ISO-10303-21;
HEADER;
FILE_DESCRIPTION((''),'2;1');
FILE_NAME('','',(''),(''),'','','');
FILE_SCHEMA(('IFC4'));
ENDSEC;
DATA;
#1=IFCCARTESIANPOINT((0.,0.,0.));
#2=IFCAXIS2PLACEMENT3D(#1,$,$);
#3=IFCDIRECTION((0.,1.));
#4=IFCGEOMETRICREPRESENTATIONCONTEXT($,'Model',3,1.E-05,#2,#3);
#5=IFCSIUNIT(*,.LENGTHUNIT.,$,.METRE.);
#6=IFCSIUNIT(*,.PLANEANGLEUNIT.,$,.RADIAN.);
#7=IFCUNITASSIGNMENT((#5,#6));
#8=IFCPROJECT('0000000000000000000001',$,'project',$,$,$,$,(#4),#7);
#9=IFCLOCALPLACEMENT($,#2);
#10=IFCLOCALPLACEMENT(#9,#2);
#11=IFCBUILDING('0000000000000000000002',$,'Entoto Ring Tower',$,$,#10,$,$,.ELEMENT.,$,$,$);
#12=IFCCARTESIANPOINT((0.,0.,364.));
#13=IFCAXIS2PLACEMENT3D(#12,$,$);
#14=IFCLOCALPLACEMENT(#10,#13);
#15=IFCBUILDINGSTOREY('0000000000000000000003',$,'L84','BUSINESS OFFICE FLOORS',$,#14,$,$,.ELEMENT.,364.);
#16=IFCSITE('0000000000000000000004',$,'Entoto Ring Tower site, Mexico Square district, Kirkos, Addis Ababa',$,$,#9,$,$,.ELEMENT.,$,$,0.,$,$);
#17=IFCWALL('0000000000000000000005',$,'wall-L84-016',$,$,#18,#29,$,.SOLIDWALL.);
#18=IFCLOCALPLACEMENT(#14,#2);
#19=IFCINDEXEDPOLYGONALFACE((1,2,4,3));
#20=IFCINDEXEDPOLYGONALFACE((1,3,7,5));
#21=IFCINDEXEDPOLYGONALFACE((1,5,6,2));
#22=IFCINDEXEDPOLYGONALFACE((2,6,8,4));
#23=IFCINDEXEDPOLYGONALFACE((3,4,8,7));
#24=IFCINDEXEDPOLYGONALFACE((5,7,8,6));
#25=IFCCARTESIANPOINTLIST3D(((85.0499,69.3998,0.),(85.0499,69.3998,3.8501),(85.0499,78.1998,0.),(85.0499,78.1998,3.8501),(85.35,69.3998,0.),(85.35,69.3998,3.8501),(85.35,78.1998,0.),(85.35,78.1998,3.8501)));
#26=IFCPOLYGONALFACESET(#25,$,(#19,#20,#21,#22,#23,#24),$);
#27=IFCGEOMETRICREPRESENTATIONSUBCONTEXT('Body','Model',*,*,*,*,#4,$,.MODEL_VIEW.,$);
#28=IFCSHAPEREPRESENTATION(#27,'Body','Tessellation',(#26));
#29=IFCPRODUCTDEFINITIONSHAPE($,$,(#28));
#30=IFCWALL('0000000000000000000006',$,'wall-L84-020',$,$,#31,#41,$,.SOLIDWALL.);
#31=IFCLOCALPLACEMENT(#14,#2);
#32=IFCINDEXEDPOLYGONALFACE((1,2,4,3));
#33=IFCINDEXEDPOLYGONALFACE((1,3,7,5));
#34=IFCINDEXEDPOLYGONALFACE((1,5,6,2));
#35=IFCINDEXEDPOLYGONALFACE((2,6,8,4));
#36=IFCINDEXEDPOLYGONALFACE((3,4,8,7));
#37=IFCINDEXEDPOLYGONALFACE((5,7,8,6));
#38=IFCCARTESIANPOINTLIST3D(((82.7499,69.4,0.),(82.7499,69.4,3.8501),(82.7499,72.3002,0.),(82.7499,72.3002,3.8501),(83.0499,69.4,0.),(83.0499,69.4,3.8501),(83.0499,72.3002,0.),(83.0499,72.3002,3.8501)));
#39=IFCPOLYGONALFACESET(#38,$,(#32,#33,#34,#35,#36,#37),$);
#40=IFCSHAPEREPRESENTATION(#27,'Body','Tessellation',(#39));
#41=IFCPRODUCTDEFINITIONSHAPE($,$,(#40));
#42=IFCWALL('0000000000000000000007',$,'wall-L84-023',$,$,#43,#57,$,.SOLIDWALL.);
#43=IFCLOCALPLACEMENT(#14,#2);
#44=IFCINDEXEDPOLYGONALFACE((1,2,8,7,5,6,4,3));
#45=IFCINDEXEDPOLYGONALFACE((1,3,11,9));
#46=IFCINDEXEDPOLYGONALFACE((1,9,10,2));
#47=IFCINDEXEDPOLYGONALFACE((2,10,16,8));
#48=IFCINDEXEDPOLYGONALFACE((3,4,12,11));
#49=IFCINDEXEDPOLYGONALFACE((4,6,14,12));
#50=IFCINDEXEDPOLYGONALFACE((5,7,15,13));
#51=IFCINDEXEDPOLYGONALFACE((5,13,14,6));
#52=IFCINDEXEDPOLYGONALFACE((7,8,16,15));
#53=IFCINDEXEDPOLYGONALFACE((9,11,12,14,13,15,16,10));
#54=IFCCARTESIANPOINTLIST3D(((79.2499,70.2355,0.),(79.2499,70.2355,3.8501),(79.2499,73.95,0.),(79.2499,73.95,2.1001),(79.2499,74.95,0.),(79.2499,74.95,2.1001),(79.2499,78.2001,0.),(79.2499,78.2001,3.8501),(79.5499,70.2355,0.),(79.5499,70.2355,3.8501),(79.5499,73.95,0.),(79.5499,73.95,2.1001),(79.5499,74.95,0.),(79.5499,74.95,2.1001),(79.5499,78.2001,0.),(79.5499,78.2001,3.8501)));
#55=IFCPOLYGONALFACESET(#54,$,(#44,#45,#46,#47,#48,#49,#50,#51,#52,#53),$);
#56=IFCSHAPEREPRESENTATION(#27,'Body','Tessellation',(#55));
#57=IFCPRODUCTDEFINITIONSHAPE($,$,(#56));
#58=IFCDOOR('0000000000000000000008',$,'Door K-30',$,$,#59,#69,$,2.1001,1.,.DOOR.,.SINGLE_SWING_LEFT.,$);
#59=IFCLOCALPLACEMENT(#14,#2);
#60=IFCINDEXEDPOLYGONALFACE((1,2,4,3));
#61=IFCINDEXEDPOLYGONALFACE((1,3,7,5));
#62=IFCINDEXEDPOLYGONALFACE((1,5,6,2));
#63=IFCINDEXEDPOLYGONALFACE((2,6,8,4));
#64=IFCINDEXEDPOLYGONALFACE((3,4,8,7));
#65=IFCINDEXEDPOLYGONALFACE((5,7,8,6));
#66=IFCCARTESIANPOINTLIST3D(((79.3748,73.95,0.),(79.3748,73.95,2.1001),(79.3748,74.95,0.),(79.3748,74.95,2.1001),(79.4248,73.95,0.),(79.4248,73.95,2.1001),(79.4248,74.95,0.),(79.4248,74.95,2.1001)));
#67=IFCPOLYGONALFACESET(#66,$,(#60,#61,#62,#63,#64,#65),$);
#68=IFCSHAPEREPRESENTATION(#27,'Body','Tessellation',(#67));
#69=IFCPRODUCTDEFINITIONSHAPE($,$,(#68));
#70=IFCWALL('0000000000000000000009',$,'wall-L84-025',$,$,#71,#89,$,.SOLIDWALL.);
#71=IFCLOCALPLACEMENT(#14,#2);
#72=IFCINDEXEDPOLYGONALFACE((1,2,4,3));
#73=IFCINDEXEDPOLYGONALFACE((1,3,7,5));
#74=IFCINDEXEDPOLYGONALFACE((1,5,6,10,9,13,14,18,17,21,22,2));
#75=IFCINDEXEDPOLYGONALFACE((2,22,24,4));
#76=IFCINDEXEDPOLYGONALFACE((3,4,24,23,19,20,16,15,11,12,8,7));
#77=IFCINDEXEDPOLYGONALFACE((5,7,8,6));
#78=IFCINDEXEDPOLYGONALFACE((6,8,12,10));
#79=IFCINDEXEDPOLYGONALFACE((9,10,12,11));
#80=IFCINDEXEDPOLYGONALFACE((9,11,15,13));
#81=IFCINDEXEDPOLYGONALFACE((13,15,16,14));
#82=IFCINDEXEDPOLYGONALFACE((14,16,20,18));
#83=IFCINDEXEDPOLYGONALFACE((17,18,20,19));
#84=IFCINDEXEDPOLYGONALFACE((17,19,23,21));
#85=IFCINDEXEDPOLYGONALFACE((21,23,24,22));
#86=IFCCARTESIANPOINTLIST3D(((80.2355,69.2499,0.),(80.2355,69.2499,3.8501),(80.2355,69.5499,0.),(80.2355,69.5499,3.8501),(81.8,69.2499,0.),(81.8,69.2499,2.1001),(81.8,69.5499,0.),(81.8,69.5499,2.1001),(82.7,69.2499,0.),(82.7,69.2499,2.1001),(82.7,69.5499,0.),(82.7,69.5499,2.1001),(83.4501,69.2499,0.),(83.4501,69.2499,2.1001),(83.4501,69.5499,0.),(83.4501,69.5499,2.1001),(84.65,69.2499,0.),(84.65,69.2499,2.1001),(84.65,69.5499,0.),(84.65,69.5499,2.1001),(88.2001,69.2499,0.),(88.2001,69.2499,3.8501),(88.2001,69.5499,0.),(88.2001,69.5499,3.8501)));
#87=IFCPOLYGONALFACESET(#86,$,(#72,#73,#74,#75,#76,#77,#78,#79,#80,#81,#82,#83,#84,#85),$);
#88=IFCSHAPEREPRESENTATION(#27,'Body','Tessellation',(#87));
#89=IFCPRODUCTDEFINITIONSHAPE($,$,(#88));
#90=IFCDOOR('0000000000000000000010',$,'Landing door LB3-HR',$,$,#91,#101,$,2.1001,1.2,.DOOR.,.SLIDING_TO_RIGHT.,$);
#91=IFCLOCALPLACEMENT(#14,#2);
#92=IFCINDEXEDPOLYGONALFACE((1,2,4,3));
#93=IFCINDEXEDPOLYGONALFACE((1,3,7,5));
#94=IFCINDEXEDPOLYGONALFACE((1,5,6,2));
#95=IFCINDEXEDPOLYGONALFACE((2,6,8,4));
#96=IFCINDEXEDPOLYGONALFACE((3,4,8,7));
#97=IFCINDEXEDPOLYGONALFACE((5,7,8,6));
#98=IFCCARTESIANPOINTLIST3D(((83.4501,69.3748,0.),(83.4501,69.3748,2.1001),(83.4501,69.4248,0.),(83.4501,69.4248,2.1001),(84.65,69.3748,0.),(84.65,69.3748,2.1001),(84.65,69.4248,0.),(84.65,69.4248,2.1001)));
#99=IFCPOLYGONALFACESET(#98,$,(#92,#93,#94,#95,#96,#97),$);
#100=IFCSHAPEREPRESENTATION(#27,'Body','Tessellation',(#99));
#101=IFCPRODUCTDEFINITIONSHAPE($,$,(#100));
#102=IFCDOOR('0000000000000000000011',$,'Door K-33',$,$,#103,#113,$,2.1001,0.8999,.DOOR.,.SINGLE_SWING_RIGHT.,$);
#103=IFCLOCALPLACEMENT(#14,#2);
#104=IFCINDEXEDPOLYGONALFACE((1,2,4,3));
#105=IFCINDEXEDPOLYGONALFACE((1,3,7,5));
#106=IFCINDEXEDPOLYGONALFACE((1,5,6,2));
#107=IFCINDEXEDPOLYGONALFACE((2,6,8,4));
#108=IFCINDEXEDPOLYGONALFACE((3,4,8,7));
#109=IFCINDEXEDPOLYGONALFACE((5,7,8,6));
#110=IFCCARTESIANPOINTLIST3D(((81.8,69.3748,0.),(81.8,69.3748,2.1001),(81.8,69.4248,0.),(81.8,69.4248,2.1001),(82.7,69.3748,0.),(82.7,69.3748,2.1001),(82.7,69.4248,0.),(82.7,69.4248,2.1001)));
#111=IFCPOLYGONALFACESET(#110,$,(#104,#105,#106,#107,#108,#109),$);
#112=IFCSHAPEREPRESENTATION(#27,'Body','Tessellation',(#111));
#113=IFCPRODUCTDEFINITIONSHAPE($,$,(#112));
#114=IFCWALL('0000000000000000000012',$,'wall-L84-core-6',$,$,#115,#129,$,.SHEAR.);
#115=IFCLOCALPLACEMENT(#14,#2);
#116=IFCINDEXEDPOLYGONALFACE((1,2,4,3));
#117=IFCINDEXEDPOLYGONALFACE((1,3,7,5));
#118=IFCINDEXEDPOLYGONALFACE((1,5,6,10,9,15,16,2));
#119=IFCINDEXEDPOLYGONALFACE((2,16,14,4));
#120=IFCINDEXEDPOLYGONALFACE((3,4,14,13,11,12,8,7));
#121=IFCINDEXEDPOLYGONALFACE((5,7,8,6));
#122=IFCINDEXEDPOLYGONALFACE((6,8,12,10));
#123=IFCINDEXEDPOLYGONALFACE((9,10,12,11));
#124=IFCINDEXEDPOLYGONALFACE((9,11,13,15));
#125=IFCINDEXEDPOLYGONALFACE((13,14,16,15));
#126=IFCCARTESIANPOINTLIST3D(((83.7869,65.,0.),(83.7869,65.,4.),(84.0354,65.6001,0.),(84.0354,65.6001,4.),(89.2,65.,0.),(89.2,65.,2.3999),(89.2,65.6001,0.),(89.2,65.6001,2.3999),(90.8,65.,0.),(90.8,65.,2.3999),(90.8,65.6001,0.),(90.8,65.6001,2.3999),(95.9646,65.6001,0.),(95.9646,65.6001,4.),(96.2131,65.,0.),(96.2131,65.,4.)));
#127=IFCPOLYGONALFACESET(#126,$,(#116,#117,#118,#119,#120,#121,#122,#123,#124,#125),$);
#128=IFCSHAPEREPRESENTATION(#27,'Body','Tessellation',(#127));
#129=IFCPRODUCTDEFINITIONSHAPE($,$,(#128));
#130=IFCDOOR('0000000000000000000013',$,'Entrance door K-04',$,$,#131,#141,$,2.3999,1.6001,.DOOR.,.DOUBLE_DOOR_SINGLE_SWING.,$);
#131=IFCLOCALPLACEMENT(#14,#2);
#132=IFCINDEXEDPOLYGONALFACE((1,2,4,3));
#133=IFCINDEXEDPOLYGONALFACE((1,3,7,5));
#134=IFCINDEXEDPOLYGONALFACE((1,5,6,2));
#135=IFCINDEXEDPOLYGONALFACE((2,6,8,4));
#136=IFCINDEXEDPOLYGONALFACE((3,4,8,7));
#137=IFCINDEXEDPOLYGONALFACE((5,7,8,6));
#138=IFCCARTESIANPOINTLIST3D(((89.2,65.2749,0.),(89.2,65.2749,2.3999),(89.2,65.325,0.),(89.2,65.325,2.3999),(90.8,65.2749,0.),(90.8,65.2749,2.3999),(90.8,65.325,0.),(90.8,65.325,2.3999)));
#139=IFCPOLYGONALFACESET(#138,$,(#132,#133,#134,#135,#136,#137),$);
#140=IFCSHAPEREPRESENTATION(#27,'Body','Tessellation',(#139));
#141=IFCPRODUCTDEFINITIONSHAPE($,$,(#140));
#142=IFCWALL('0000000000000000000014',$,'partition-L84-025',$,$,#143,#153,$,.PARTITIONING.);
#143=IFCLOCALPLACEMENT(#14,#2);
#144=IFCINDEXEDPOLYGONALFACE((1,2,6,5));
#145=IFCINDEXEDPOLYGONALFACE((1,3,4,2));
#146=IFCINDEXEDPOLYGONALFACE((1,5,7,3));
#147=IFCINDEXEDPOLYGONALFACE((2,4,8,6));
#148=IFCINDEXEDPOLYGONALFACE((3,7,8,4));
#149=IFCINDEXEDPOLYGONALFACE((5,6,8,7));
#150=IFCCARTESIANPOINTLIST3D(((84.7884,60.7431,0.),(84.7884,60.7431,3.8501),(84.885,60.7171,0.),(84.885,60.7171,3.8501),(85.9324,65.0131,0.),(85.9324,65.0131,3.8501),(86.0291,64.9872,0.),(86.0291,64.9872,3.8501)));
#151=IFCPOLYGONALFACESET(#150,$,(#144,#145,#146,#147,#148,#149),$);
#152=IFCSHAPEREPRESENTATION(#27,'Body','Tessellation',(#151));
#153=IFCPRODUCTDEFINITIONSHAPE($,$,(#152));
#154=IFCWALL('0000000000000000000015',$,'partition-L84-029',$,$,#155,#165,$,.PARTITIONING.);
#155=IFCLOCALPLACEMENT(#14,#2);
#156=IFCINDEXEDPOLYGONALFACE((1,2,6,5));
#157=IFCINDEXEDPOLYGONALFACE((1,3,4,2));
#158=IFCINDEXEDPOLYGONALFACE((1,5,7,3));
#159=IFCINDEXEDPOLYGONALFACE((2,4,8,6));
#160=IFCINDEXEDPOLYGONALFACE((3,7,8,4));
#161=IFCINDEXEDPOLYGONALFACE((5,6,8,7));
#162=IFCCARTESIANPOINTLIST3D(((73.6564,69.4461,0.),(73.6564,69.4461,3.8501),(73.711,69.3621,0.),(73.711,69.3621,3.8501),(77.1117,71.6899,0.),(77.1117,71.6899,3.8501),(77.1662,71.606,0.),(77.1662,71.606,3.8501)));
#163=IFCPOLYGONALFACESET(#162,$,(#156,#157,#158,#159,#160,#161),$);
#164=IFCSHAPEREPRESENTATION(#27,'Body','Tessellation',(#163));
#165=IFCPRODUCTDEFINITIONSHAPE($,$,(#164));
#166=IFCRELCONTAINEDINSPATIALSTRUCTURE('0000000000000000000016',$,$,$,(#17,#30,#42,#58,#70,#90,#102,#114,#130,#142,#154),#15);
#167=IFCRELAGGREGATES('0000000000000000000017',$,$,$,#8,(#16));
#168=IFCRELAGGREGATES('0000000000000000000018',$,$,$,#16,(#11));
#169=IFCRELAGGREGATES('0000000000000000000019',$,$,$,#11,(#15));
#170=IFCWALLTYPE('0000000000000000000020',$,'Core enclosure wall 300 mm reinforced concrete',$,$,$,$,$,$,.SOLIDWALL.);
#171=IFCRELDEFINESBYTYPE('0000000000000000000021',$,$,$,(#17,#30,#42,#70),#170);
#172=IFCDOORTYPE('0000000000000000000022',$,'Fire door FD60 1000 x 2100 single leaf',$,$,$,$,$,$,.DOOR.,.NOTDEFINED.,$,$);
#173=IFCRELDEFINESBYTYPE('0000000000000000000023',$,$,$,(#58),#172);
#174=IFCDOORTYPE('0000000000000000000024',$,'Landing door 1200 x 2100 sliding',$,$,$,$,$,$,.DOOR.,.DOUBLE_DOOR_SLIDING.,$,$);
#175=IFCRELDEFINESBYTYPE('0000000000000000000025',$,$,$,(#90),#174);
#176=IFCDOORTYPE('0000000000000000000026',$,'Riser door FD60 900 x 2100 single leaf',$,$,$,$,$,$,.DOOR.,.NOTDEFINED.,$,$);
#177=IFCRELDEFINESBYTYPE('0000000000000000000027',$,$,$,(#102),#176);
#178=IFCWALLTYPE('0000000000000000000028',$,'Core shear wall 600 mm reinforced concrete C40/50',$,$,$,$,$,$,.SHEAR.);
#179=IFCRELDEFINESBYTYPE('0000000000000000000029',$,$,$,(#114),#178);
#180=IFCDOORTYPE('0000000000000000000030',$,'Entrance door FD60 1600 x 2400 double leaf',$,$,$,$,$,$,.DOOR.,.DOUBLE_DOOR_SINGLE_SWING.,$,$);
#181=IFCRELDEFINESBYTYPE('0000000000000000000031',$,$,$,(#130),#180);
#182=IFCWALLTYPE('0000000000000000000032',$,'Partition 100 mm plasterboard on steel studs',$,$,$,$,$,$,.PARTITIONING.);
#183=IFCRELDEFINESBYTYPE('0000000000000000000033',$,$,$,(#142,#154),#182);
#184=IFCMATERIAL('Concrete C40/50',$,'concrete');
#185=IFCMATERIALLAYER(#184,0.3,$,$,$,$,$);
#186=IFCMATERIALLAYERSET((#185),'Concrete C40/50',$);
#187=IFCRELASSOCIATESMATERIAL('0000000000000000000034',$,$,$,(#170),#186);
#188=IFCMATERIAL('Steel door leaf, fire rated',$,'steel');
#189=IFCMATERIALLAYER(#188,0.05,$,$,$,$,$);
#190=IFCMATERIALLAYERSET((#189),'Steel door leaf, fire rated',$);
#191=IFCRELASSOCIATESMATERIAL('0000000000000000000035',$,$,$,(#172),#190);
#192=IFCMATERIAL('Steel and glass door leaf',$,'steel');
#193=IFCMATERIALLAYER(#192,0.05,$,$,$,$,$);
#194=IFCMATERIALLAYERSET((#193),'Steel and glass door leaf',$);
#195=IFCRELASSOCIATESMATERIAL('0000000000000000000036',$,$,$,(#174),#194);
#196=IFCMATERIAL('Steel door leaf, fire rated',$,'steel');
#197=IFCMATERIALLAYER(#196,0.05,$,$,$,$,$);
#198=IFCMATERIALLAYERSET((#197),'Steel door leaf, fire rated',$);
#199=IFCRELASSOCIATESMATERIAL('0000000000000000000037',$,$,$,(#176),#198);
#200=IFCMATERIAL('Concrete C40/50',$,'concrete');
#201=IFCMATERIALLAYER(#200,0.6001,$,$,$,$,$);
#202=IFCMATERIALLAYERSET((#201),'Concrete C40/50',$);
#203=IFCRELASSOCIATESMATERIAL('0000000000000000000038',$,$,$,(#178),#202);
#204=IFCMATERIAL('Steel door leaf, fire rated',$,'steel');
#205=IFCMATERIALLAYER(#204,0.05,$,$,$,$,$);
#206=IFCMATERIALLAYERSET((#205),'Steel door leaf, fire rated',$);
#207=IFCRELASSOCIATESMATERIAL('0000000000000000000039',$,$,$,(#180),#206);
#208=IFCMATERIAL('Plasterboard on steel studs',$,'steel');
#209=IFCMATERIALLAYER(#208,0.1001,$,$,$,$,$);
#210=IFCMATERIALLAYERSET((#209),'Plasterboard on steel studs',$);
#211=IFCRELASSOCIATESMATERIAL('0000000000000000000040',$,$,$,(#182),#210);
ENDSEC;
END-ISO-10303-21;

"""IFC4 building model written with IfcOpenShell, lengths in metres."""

from ifc_helpers import new_model, si_unit, direction, frame, frame_2d, origin, place, context, subcontext, project, spatial, polyline, rectangle, outline, extrude, material, layer, layer_set, type_object, element, fill, save


model = new_model("IFC4")

# Units and contexts
model_context = context("Model", 3, precision=1e-05, world=origin(), true_north=direction((0.0, 1.0)))
body_context = subcontext(model_context, "Body", "Model", "MODEL_VIEW")
ifc_project = project(units=[si_unit("LENGTHUNIT", "METRE"), si_unit("PLANEANGLEUNIT", "RADIAN")], contexts=[model_context])

# Site, building, storey
site_placement = place(None, origin())
site = spatial("IfcSite", under=ifc_project, at=site_placement, Name="Entoto Ring Tower site, Mexico Square district, Kirkos, Addis Ababa", CompositionType="ELEMENT", RefElevation=0.0)
building_placement = place(site_placement, origin())
building = spatial("IfcBuilding", under=site, at=building_placement, Name="Entoto Ring Tower", CompositionType="ELEMENT")
storey_placement = place(building_placement, frame((0.0, 0.0, 364.0)))
storey = spatial("IfcBuildingStorey", under=building, at=storey_placement, Name="L84", Description="BUSINESS OFFICE FLOORS", CompositionType="ELEMENT", Elevation=364.0)

# Walls
ifc_material_1 = material(Name="Concrete C40/50", Category="concrete")
ifc_layer_1 = layer(ifc_material_1, 0.3)
ifc_layer_set_1 = layer_set([ifc_layer_1], Name="Concrete C40/50")
wall_type_1 = type_object("IfcWallType", Name="Core enclosure wall 300 mm reinforced concrete", PredefinedType="SOLIDWALL", material=ifc_layer_set_1)
wall_1_placement = place(storey_placement, frame((85.2, 69.3999, 0.0), z_axis=(0.0, 0.0, 1.0), x_axis=(0.0, 1.0, 0.0)))
element("IfcWall", 1, at=wall_1_placement, inside=storey, type_object=wall_type_1, Name="wall-L84-016", PredefinedType="SOLIDWALL", context=body_context, shape_type="SweptSolid", body=[
    extrude(rectangle(XDim=8.8, YDim=0.3, at=frame_2d((4.3999, 0.0))), origin(), (0.0, 0.0, 1.0), 3.8501),
])
wall_2_placement = place(storey_placement, frame((82.8999, 69.3999, 0.0), z_axis=(0.0, 0.0, 1.0), x_axis=(0.0, 1.0, 0.0)))
element("IfcWall", 2, at=wall_2_placement, inside=storey, type_object=wall_type_1, Name="wall-L84-020", PredefinedType="SOLIDWALL", context=body_context, shape_type="SweptSolid", body=[
    extrude(rectangle(XDim=2.9001, YDim=0.3, at=frame_2d((1.4502, 0.0))), origin(), (0.0, 0.0, 1.0), 3.8501),
])

# Wall, opening, door
wall_3_placement = place(storey_placement, frame((79.3999, 70.2354, 0.0), z_axis=(0.0, 0.0, 1.0), x_axis=(0.0, 1.0, 0.0)))
wall_3 = element("IfcWall", 3, at=wall_3_placement, inside=storey, type_object=wall_type_1, Name="wall-L84-023", PredefinedType="SOLIDWALL", context=body_context, shape_type="SweptSolid", body=[
    extrude(rectangle(XDim=7.9646, YDim=0.3, at=frame_2d((3.9824, 0.0))), origin(), (0.0, 0.0, 1.0), 3.8501),
])
opening_1_placement = place(wall_3_placement, frame((3.7146, 0.0, 0.0)))
opening_1 = element("IfcOpeningElement", 4, at=opening_1_placement, cuts=wall_3, PredefinedType="OPENING", context=body_context, shape_type="SweptSolid", body=[
    extrude(rectangle(XDim=1.0, YDim=2.1001, at=frame_2d((0.5, 1.05))), frame((0.0, 0.1602, 0.0), z_axis=(0.0, -1.0, 0.0), x_axis=(1.0, 0.0, 0.0)), (0.0, 0.0, 1.0), 0.3201),
])
ifc_material_2 = material(Name="Steel door leaf, fire rated", Category="steel")
ifc_layer_2 = layer(ifc_material_2, 0.05)
ifc_layer_set_2 = layer_set([ifc_layer_2], Name="Steel door leaf, fire rated")
door_type_1 = type_object("IfcDoorType", Name="Fire door FD60 1000 x 2100 single leaf", OperationType="NOTDEFINED", PredefinedType="DOOR", material=ifc_layer_set_2)
door_1_placement = place(opening_1_placement, frame((1.0, 0.0, 0.0), z_axis=(0.0, 0.0, 1.0), x_axis=(-1.0, 0.0, 0.0)))
door_1 = element("IfcDoor", 5, at=door_1_placement, inside=storey, type_object=door_type_1, Name="Door K-30", OperationType="SINGLE_SWING_LEFT", OverallHeight=2.1001, OverallWidth=1.0, PredefinedType="DOOR", context=body_context, shape_type="SweptSolid", body=[
    extrude(rectangle(XDim=1.0, YDim=2.1001, at=frame_2d((0.5, 1.05))), frame((0.0, 0.0249, 0.0), z_axis=(0.0, -1.0, 0.0), x_axis=(1.0, 0.0, 0.0)), (0.0, 0.0, 1.0), 0.05),
])
fill(opening_1, door_1)

# Wall, openings, doors
wall_4_placement = place(storey_placement, frame((80.2354, 69.3999, 0.0), z_axis=(0.0, 0.0, 1.0), x_axis=(1.0, 0.0, 0.0)))
wall_4 = element("IfcWall", 6, at=wall_4_placement, inside=storey, type_object=wall_type_1, Name="wall-L84-025", PredefinedType="SOLIDWALL", context=body_context, shape_type="SweptSolid", body=[
    extrude(rectangle(XDim=7.9646, YDim=0.3, at=frame_2d((3.9824, 0.0))), origin(), (0.0, 0.0, 1.0), 3.8501),
])
opening_2_placement = place(wall_4_placement, frame((3.2146, 0.0, 0.0)))
opening_2 = element("IfcOpeningElement", 7, at=opening_2_placement, cuts=wall_4, PredefinedType="OPENING", context=body_context, shape_type="SweptSolid", body=[
    extrude(rectangle(XDim=1.2, YDim=2.1001, at=frame_2d((0.6001, 1.05))), frame((0.0, 0.1602, 0.0), z_axis=(0.0, -1.0, 0.0), x_axis=(1.0, 0.0, 0.0)), (0.0, 0.0, 1.0), 0.3201),
])
opening_3_placement = place(wall_4_placement, frame((1.5647, 0.0, 0.0)))
opening_3 = element("IfcOpeningElement", 8, at=opening_3_placement, cuts=wall_4, PredefinedType="OPENING", context=body_context, shape_type="SweptSolid", body=[
    extrude(rectangle(XDim=0.8999, YDim=2.1001, at=frame_2d((0.45, 1.05))), frame((0.0, 0.1602, 0.0), z_axis=(0.0, -1.0, 0.0), x_axis=(1.0, 0.0, 0.0)), (0.0, 0.0, 1.0), 0.3201),
])
ifc_material_3 = material(Name="Steel and glass door leaf", Category="steel")
ifc_layer_3 = layer(ifc_material_3, 0.05)
ifc_layer_set_3 = layer_set([ifc_layer_3], Name="Steel and glass door leaf")
door_type_2 = type_object("IfcDoorType", Name="Landing door 1200 x 2100 sliding", OperationType="DOUBLE_DOOR_SLIDING", PredefinedType="DOOR", material=ifc_layer_set_3)
door_2_placement = place(opening_2_placement, origin())
door_2 = element("IfcDoor", 9, at=door_2_placement, inside=storey, type_object=door_type_2, Name="Landing door LB3-HR", OperationType="SLIDING_TO_RIGHT", OverallHeight=2.1001, OverallWidth=1.2, PredefinedType="DOOR", context=body_context, shape_type="SweptSolid", body=[
    extrude(rectangle(XDim=1.2, YDim=2.1001, at=frame_2d((0.6001, 1.05))), frame((0.0, 0.0249, 0.0), z_axis=(0.0, -1.0, 0.0), x_axis=(1.0, 0.0, 0.0)), (0.0, 0.0, 1.0), 0.05),
])
fill(opening_2, door_2)
ifc_material_4 = material(Name="Steel door leaf, fire rated", Category="steel")
ifc_layer_4 = layer(ifc_material_4, 0.05)
ifc_layer_set_4 = layer_set([ifc_layer_4], Name="Steel door leaf, fire rated")
door_type_3 = type_object("IfcDoorType", Name="Riser door FD60 900 x 2100 single leaf", OperationType="NOTDEFINED", PredefinedType="DOOR", material=ifc_layer_set_4)
door_3_placement = place(opening_3_placement, origin())
door_3 = element("IfcDoor", 10, at=door_3_placement, inside=storey, type_object=door_type_3, Name="Door K-33", OperationType="SINGLE_SWING_RIGHT", OverallHeight=2.1001, OverallWidth=0.8999, PredefinedType="DOOR", context=body_context, shape_type="SweptSolid", body=[
    extrude(rectangle(XDim=0.8999, YDim=2.1001, at=frame_2d((0.45, 1.05))), frame((0.0, 0.0249, 0.0), z_axis=(0.0, -1.0, 0.0), x_axis=(1.0, 0.0, 0.0)), (0.0, 0.0, 1.0), 0.05),
])
fill(opening_3, door_3)

# Wall, opening, door
ifc_material_5 = material(Name="Concrete C40/50", Category="concrete")
ifc_layer_5 = layer(ifc_material_5, 0.6001)
ifc_layer_set_5 = layer_set([ifc_layer_5], Name="Concrete C40/50")
wall_type_2 = type_object("IfcWallType", Name="Core shear wall 600 mm reinforced concrete C40/50", PredefinedType="SHEAR", material=ifc_layer_set_5)
wall_5_placement = place(storey_placement, frame((83.9111, 65.3, 0.0), z_axis=(0.0, 0.0, 1.0), x_axis=(1.0, 0.0, 0.0)))
wall_5 = element("IfcWall", 11, at=wall_5_placement, inside=storey, type_object=wall_type_2, Name="wall-L84-core-6", PredefinedType="SHEAR", context=body_context, shape_type="SweptSolid", body=[
    extrude(outline(polyline([(-0.1243, -0.3), (12.302, -0.3), (12.0535, 0.3), (0.1243, 0.3), (-0.1243, -0.3)])), origin(), (0.0, 0.0, 1.0), 4.0),
])
opening_4_placement = place(wall_5_placement, frame((5.2888, 0.0, 0.0)))
opening_4 = element("IfcOpeningElement", 12, at=opening_4_placement, cuts=wall_5, PredefinedType="OPENING", context=body_context, shape_type="SweptSolid", body=[
    extrude(rectangle(XDim=1.6001, YDim=2.3999, at=frame_2d((0.8, 1.2))), frame((0.0, 0.3101, 0.0), z_axis=(0.0, -1.0, 0.0), x_axis=(1.0, 0.0, 0.0)), (0.0, 0.0, 1.0), 0.6201),
])
ifc_material_6 = material(Name="Steel door leaf, fire rated", Category="steel")
ifc_layer_6 = layer(ifc_material_6, 0.05)
ifc_layer_set_6 = layer_set([ifc_layer_6], Name="Steel door leaf, fire rated")
door_type_4 = type_object("IfcDoorType", Name="Entrance door FD60 1600 x 2400 double leaf", OperationType="DOUBLE_DOOR_SINGLE_SWING", PredefinedType="DOOR", material=ifc_layer_set_6)
door_4_placement = place(opening_4_placement, origin())
door_4 = element("IfcDoor", 13, at=door_4_placement, inside=storey, type_object=door_type_4, Name="Entrance door K-04", OperationType="DOUBLE_DOOR_SINGLE_SWING", OverallHeight=2.3999, OverallWidth=1.6001, PredefinedType="DOOR", context=body_context, shape_type="SweptSolid", body=[
    extrude(rectangle(XDim=1.6001, YDim=2.3999, at=frame_2d((0.8, 1.2))), frame((0.0, 0.0249, 0.0), z_axis=(0.0, -1.0, 0.0), x_axis=(1.0, 0.0, 0.0)), (0.0, 0.0, 1.0), 0.05),
])
fill(opening_4, door_4)

# Walls
ifc_material_7 = material(Name="Plasterboard on steel studs", Category="steel")
ifc_layer_7 = layer(ifc_material_7, 0.1001)
ifc_layer_set_7 = layer_set([ifc_layer_7], Name="Plasterboard on steel studs")
wall_type_3 = type_object("IfcWallType", Name="Partition 100 mm plasterboard on steel studs", PredefinedType="PARTITIONING", material=ifc_layer_set_7)
wall_6_placement = place(storey_placement, frame((84.8367, 60.73, 0.0), z_axis=(0.0, 0.0, 1.0), x_axis=(0.258797, 0.965932, 0.0)))
element("IfcWall", 14, at=wall_6_placement, inside=storey, type_object=wall_type_3, Name="partition-L84-025", PredefinedType="PARTITIONING", context=body_context, shape_type="SweptSolid", body=[
    extrude(rectangle(XDim=4.4207, YDim=0.1001, at=frame_2d((2.2104, 0.0))), origin(), (0.0, 0.0, 1.0), 3.8501),
])
wall_7_placement = place(storey_placement, frame((73.6836, 69.4041, 0.0), z_axis=(0.0, 0.0, 1.0), x_axis=(0.838672, 0.544636, 0.0)))
element("IfcWall", 15, at=wall_7_placement, inside=storey, type_object=wall_type_3, Name="partition-L84-029", PredefinedType="PARTITIONING", context=body_context, shape_type="SweptSolid", body=[
    extrude(rectangle(XDim=4.1199, YDim=0.1001, at=frame_2d((2.0601, 0.0))), origin(), (0.0, 0.0, 1.0), 3.8501),
])

save(model, "model.ifc")
